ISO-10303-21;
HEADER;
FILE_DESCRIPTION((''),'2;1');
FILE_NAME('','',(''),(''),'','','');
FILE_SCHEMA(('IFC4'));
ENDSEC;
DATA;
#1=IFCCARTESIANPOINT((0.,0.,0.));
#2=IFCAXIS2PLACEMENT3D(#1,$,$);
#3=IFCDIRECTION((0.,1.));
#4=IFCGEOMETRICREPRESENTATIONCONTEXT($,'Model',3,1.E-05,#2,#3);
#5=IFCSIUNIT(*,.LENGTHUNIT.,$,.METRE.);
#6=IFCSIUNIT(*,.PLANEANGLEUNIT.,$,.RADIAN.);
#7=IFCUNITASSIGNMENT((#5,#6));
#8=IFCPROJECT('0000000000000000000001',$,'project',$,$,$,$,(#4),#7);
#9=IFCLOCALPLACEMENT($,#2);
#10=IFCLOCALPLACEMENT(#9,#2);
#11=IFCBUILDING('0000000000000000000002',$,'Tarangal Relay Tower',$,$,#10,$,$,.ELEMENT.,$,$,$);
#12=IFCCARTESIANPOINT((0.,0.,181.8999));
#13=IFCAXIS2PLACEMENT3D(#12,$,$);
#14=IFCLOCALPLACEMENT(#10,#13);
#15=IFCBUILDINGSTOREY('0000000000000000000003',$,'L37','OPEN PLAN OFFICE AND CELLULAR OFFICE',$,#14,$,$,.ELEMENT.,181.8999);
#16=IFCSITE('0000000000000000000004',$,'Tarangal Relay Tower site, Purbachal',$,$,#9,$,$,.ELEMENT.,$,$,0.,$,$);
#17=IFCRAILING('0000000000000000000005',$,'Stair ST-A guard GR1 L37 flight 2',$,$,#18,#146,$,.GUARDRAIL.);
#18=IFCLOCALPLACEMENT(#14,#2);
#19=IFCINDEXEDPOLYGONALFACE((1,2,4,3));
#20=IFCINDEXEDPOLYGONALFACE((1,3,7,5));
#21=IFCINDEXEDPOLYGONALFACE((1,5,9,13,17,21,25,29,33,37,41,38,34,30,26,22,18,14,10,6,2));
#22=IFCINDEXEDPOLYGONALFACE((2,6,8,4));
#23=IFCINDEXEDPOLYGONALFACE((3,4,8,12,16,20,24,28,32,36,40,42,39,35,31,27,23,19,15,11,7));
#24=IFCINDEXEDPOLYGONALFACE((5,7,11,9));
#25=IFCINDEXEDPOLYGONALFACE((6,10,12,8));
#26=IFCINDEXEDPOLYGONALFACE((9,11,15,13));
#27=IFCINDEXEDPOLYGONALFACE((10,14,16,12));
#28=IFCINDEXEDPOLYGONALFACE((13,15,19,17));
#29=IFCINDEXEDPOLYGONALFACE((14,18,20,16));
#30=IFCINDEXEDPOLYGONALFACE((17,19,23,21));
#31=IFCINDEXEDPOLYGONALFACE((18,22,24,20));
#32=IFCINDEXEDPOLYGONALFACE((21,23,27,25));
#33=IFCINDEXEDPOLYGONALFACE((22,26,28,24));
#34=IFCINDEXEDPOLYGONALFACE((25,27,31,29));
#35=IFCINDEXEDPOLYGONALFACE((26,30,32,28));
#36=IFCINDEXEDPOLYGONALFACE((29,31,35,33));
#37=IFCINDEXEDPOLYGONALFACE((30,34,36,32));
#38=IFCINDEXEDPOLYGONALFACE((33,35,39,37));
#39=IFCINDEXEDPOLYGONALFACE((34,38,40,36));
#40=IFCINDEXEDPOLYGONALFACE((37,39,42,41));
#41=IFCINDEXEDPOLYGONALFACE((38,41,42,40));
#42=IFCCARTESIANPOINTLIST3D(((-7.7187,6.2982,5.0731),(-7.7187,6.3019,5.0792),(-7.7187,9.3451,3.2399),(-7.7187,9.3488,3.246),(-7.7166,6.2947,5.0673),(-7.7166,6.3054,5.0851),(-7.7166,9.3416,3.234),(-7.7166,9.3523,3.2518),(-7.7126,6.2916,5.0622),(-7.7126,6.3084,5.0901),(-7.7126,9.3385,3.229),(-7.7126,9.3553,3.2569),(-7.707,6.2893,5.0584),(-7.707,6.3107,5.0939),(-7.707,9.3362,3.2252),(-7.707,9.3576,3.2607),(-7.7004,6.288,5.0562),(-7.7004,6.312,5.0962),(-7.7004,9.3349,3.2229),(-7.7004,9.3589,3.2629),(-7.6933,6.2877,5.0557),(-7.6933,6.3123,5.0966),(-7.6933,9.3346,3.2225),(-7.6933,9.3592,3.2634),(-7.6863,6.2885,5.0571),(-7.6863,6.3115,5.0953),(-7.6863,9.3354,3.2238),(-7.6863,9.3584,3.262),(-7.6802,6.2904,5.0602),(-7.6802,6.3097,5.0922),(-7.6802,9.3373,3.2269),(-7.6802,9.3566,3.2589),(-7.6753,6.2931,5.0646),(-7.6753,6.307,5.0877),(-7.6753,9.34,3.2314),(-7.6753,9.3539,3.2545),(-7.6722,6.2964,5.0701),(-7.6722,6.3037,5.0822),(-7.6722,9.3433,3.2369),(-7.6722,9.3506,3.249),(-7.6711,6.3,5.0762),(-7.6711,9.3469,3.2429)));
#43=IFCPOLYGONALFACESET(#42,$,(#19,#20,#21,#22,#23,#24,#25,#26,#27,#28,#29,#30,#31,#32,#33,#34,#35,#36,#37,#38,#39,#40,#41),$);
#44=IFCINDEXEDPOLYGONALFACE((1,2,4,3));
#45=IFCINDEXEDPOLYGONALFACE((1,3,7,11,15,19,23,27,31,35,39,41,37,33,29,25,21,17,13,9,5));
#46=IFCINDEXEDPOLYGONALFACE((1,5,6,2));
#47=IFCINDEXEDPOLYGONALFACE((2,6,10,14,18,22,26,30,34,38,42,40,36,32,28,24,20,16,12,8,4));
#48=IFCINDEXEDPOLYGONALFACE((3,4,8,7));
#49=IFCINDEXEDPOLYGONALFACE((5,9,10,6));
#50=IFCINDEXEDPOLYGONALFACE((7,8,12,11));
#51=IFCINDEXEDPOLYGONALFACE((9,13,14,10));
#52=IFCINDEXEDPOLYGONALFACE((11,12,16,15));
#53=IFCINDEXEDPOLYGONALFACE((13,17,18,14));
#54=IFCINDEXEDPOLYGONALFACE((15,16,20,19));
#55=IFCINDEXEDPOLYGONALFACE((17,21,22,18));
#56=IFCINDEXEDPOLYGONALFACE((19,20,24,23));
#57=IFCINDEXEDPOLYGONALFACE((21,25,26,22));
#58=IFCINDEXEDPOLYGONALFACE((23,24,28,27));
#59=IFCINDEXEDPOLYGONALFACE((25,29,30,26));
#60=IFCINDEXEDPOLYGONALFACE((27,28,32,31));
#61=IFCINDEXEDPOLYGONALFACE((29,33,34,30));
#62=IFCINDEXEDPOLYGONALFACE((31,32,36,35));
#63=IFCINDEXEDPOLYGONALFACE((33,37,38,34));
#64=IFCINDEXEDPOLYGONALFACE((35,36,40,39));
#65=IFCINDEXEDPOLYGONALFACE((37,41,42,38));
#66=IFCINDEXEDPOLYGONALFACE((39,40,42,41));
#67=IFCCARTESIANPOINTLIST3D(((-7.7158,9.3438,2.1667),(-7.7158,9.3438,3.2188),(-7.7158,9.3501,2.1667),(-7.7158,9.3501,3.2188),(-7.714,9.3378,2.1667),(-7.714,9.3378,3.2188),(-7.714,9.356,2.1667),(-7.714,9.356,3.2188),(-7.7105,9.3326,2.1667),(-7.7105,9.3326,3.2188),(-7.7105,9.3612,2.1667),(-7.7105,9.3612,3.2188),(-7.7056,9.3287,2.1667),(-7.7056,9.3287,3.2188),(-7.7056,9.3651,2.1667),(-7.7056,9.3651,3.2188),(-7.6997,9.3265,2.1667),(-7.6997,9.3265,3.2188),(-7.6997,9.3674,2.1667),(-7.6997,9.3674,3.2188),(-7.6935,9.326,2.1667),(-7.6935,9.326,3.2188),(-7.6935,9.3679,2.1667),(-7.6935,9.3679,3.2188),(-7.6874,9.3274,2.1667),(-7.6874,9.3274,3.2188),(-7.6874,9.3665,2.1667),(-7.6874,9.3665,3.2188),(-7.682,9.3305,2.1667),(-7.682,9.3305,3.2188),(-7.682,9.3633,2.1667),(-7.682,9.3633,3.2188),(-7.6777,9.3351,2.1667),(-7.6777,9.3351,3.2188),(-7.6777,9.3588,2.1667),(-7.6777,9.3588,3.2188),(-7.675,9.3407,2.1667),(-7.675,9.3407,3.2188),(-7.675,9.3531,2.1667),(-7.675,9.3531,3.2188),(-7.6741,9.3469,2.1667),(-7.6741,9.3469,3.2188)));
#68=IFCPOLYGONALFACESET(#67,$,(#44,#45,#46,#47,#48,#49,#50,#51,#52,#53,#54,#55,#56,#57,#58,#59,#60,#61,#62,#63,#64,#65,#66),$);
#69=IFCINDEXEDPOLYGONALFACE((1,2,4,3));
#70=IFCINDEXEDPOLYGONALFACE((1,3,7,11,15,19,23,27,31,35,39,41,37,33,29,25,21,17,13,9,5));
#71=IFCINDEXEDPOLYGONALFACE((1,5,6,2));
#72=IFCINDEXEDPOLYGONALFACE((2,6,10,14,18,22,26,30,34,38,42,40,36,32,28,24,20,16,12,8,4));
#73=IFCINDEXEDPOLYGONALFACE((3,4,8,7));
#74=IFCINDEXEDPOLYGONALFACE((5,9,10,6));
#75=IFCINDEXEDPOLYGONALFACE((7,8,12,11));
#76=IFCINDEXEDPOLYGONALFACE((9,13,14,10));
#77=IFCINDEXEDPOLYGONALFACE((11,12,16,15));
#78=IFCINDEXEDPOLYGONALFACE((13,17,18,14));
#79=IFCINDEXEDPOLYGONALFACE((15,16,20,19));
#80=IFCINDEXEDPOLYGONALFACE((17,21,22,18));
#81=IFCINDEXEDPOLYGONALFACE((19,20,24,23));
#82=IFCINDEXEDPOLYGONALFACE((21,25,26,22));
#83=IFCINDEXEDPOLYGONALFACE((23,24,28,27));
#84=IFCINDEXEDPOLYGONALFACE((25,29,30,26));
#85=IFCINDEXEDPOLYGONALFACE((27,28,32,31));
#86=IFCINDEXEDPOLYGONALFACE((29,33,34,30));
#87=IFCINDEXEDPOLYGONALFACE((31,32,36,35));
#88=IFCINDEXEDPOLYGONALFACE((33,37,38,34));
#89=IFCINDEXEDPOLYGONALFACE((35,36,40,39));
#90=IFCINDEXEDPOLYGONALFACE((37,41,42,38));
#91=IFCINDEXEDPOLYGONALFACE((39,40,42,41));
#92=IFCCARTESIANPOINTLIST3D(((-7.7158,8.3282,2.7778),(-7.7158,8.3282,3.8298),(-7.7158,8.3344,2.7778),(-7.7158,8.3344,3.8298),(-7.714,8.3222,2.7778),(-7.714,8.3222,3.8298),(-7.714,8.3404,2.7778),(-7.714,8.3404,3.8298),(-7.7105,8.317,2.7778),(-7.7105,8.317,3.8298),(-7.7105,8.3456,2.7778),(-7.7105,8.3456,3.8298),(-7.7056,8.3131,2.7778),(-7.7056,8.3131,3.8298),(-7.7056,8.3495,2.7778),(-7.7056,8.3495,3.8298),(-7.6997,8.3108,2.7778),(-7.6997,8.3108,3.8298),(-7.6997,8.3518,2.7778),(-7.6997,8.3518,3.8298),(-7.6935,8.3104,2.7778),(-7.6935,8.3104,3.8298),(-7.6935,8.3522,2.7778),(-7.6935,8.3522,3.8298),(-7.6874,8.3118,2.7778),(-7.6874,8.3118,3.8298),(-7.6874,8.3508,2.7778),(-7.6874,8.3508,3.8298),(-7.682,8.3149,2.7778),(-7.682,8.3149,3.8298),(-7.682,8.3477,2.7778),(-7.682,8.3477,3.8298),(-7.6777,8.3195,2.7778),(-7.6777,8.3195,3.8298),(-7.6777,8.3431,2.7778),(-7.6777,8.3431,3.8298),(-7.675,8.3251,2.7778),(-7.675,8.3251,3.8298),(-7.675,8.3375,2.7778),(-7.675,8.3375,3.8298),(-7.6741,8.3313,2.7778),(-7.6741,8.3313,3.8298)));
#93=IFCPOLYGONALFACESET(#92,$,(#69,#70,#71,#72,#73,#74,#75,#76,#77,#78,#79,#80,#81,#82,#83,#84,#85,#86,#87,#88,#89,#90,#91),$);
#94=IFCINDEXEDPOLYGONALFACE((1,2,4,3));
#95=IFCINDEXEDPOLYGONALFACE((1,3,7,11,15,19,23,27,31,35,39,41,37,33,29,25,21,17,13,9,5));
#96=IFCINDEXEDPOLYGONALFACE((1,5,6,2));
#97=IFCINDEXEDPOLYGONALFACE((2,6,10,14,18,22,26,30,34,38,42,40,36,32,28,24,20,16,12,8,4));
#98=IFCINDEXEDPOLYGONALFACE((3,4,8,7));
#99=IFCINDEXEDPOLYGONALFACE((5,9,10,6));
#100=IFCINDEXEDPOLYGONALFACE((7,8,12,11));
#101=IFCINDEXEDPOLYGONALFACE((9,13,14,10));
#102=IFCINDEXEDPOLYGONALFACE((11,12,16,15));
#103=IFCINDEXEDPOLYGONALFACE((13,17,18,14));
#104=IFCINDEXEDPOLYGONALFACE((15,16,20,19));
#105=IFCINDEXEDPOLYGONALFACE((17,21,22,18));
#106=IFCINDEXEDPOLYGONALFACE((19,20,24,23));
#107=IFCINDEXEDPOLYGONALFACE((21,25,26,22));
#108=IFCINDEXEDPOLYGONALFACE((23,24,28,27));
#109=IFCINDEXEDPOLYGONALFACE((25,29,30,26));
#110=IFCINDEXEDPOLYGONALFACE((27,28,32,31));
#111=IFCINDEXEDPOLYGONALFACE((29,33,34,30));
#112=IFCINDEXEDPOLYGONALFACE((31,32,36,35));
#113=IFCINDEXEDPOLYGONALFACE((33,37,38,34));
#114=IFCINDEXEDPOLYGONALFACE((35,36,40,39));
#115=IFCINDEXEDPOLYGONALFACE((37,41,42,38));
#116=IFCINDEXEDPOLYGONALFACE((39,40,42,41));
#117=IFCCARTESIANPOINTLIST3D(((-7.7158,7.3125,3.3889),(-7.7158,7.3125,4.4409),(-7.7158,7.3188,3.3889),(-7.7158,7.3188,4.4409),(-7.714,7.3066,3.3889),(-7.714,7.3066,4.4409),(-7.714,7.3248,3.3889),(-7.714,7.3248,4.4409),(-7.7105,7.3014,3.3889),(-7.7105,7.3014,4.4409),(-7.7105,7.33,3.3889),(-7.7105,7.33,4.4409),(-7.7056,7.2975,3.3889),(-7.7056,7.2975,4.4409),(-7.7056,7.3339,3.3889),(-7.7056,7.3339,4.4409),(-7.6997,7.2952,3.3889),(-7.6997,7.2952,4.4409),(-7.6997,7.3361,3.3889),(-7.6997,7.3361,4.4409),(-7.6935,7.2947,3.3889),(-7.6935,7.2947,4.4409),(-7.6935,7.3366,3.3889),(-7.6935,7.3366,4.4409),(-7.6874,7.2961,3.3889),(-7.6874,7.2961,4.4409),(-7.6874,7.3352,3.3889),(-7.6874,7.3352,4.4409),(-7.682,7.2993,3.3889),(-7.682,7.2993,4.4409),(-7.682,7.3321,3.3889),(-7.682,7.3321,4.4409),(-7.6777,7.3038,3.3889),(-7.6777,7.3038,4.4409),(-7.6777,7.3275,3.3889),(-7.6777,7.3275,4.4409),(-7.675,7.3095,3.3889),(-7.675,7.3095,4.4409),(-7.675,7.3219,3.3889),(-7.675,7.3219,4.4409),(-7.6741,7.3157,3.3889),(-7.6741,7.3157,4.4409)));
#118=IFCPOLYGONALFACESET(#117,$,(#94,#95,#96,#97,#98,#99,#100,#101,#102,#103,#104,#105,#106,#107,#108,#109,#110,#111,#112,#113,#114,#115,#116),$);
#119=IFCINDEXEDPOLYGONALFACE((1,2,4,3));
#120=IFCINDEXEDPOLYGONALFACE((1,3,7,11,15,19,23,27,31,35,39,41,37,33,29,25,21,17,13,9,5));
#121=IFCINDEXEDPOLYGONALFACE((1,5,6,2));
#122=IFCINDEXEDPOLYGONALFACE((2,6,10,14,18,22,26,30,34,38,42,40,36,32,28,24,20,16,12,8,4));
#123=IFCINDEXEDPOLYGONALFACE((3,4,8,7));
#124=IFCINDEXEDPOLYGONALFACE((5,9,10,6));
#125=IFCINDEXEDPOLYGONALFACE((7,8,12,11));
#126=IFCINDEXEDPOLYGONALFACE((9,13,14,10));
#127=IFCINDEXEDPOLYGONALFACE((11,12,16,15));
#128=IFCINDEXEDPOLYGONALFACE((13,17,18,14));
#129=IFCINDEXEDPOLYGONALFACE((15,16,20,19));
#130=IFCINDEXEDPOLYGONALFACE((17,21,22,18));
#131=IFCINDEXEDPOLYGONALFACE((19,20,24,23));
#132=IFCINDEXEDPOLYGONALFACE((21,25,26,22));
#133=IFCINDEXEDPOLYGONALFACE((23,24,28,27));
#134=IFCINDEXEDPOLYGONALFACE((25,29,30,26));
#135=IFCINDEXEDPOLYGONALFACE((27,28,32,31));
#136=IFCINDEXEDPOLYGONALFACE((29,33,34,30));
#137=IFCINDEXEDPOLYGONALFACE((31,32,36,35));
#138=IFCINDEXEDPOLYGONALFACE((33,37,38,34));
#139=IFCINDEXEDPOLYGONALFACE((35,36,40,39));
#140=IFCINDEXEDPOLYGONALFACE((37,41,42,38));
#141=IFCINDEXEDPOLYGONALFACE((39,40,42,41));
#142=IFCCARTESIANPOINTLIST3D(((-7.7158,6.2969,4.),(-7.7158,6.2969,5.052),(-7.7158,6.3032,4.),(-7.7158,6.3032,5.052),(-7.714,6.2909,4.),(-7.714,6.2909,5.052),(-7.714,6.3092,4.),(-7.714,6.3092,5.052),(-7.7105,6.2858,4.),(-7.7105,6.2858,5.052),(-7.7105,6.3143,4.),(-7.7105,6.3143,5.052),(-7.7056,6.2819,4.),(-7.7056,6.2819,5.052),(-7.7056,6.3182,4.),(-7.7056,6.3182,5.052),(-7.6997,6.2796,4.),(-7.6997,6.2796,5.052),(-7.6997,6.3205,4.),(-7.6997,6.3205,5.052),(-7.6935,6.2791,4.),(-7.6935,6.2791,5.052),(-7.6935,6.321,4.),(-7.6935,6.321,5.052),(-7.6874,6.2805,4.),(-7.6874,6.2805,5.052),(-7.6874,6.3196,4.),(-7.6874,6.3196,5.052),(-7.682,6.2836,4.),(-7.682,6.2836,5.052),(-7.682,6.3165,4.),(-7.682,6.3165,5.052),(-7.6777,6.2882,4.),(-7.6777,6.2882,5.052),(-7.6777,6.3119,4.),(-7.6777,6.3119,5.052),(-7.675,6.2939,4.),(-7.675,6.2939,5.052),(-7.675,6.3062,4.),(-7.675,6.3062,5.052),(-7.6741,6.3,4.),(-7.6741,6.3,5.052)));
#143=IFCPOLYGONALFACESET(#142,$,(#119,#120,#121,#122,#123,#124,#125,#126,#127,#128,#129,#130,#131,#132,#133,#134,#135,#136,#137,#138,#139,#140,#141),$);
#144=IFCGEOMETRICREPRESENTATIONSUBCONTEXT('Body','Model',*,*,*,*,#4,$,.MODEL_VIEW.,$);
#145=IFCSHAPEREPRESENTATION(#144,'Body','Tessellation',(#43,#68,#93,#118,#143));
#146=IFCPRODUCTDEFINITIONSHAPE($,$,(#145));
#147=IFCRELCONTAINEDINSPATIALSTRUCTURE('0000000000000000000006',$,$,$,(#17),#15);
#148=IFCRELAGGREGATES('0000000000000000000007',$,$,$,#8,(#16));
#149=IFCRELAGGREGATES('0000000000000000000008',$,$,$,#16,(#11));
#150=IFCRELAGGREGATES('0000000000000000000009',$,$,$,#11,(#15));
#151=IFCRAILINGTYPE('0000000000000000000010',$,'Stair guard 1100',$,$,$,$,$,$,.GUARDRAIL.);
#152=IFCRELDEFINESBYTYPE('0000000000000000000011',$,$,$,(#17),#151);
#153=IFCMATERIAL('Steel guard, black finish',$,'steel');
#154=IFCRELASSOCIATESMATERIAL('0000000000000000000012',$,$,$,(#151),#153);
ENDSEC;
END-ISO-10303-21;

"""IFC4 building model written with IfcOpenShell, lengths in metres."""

from ifc_helpers import new_model, si_unit, direction, frame, origin, origin_2d, place, context, subcontext, project, spatial, circle, extrude, material, type_object, element, save


model = new_model("IFC4")

# Units and contexts
model_context = context("Model", 3, precision=1e-05, world=origin(), true_north=direction((0.0, 1.0)))
body_context = subcontext(model_context, "Body", "Model", "MODEL_VIEW")
ifc_project = project(units=[si_unit("LENGTHUNIT", "METRE"), si_unit("PLANEANGLEUNIT", "RADIAN")], contexts=[model_context])

# Site, building, storey
site_placement = place(None, origin())
site = spatial("IfcSite", under=ifc_project, at=site_placement, Name="Tarangal Relay Tower site, Purbachal", CompositionType="ELEMENT", RefElevation=0.0)
building_placement = place(site_placement, origin())
building = spatial("IfcBuilding", under=site, at=building_placement, Name="Tarangal Relay Tower", CompositionType="ELEMENT")
storey_placement = place(building_placement, frame((0.0, 0.0, 181.8999)))
storey = spatial("IfcBuildingStorey", under=building, at=storey_placement, Name="L37", Description="OPEN PLAN OFFICE AND CELLULAR OFFICE", CompositionType="ELEMENT", Elevation=181.8999)

# Railing
ifc_material_1 = material(Name="Steel guard, black finish", Category="steel")
railing_type_1 = type_object("IfcRailingType", Name="Stair guard 1100", PredefinedType="GUARDRAIL", material=ifc_material_1)
railing_1_placement = place(storey_placement, frame((-7.6951, 9.3469, 2.1667)))
element("IfcRailing", 1, at=railing_1_placement, inside=storey, type_object=railing_type_1, Name="Stair ST-A guard GR1 L37 flight 2", PredefinedType="GUARDRAIL", context=body_context, shape_type="SweptSolid", body=[
    extrude(circle(Radius=0.0239, at=origin_2d()), frame((0.0, 0.0, 1.0762), z_axis=(0.0, -0.856856, 0.515556), x_axis=(1.0, 0.0, 0.0)), (0.0, 0.0, 1.0), 3.5559),
    extrude(circle(Radius=0.021, at=origin_2d()), origin(), (0.0, 0.0, 1.0), 1.052),
    extrude(circle(Radius=0.021, at=origin_2d()), frame((0.0, -1.0156, 0.6111)), (0.0, 0.0, 1.0), 1.052),
    extrude(circle(Radius=0.021, at=origin_2d()), frame((0.0, -2.0312, 1.2222)), (0.0, 0.0, 1.0), 1.052),
    extrude(circle(Radius=0.021, at=origin_2d()), frame((0.0, -3.0469, 1.8333)), (0.0, 0.0, 1.0), 1.052),
])

save(model, "model.ifc")
